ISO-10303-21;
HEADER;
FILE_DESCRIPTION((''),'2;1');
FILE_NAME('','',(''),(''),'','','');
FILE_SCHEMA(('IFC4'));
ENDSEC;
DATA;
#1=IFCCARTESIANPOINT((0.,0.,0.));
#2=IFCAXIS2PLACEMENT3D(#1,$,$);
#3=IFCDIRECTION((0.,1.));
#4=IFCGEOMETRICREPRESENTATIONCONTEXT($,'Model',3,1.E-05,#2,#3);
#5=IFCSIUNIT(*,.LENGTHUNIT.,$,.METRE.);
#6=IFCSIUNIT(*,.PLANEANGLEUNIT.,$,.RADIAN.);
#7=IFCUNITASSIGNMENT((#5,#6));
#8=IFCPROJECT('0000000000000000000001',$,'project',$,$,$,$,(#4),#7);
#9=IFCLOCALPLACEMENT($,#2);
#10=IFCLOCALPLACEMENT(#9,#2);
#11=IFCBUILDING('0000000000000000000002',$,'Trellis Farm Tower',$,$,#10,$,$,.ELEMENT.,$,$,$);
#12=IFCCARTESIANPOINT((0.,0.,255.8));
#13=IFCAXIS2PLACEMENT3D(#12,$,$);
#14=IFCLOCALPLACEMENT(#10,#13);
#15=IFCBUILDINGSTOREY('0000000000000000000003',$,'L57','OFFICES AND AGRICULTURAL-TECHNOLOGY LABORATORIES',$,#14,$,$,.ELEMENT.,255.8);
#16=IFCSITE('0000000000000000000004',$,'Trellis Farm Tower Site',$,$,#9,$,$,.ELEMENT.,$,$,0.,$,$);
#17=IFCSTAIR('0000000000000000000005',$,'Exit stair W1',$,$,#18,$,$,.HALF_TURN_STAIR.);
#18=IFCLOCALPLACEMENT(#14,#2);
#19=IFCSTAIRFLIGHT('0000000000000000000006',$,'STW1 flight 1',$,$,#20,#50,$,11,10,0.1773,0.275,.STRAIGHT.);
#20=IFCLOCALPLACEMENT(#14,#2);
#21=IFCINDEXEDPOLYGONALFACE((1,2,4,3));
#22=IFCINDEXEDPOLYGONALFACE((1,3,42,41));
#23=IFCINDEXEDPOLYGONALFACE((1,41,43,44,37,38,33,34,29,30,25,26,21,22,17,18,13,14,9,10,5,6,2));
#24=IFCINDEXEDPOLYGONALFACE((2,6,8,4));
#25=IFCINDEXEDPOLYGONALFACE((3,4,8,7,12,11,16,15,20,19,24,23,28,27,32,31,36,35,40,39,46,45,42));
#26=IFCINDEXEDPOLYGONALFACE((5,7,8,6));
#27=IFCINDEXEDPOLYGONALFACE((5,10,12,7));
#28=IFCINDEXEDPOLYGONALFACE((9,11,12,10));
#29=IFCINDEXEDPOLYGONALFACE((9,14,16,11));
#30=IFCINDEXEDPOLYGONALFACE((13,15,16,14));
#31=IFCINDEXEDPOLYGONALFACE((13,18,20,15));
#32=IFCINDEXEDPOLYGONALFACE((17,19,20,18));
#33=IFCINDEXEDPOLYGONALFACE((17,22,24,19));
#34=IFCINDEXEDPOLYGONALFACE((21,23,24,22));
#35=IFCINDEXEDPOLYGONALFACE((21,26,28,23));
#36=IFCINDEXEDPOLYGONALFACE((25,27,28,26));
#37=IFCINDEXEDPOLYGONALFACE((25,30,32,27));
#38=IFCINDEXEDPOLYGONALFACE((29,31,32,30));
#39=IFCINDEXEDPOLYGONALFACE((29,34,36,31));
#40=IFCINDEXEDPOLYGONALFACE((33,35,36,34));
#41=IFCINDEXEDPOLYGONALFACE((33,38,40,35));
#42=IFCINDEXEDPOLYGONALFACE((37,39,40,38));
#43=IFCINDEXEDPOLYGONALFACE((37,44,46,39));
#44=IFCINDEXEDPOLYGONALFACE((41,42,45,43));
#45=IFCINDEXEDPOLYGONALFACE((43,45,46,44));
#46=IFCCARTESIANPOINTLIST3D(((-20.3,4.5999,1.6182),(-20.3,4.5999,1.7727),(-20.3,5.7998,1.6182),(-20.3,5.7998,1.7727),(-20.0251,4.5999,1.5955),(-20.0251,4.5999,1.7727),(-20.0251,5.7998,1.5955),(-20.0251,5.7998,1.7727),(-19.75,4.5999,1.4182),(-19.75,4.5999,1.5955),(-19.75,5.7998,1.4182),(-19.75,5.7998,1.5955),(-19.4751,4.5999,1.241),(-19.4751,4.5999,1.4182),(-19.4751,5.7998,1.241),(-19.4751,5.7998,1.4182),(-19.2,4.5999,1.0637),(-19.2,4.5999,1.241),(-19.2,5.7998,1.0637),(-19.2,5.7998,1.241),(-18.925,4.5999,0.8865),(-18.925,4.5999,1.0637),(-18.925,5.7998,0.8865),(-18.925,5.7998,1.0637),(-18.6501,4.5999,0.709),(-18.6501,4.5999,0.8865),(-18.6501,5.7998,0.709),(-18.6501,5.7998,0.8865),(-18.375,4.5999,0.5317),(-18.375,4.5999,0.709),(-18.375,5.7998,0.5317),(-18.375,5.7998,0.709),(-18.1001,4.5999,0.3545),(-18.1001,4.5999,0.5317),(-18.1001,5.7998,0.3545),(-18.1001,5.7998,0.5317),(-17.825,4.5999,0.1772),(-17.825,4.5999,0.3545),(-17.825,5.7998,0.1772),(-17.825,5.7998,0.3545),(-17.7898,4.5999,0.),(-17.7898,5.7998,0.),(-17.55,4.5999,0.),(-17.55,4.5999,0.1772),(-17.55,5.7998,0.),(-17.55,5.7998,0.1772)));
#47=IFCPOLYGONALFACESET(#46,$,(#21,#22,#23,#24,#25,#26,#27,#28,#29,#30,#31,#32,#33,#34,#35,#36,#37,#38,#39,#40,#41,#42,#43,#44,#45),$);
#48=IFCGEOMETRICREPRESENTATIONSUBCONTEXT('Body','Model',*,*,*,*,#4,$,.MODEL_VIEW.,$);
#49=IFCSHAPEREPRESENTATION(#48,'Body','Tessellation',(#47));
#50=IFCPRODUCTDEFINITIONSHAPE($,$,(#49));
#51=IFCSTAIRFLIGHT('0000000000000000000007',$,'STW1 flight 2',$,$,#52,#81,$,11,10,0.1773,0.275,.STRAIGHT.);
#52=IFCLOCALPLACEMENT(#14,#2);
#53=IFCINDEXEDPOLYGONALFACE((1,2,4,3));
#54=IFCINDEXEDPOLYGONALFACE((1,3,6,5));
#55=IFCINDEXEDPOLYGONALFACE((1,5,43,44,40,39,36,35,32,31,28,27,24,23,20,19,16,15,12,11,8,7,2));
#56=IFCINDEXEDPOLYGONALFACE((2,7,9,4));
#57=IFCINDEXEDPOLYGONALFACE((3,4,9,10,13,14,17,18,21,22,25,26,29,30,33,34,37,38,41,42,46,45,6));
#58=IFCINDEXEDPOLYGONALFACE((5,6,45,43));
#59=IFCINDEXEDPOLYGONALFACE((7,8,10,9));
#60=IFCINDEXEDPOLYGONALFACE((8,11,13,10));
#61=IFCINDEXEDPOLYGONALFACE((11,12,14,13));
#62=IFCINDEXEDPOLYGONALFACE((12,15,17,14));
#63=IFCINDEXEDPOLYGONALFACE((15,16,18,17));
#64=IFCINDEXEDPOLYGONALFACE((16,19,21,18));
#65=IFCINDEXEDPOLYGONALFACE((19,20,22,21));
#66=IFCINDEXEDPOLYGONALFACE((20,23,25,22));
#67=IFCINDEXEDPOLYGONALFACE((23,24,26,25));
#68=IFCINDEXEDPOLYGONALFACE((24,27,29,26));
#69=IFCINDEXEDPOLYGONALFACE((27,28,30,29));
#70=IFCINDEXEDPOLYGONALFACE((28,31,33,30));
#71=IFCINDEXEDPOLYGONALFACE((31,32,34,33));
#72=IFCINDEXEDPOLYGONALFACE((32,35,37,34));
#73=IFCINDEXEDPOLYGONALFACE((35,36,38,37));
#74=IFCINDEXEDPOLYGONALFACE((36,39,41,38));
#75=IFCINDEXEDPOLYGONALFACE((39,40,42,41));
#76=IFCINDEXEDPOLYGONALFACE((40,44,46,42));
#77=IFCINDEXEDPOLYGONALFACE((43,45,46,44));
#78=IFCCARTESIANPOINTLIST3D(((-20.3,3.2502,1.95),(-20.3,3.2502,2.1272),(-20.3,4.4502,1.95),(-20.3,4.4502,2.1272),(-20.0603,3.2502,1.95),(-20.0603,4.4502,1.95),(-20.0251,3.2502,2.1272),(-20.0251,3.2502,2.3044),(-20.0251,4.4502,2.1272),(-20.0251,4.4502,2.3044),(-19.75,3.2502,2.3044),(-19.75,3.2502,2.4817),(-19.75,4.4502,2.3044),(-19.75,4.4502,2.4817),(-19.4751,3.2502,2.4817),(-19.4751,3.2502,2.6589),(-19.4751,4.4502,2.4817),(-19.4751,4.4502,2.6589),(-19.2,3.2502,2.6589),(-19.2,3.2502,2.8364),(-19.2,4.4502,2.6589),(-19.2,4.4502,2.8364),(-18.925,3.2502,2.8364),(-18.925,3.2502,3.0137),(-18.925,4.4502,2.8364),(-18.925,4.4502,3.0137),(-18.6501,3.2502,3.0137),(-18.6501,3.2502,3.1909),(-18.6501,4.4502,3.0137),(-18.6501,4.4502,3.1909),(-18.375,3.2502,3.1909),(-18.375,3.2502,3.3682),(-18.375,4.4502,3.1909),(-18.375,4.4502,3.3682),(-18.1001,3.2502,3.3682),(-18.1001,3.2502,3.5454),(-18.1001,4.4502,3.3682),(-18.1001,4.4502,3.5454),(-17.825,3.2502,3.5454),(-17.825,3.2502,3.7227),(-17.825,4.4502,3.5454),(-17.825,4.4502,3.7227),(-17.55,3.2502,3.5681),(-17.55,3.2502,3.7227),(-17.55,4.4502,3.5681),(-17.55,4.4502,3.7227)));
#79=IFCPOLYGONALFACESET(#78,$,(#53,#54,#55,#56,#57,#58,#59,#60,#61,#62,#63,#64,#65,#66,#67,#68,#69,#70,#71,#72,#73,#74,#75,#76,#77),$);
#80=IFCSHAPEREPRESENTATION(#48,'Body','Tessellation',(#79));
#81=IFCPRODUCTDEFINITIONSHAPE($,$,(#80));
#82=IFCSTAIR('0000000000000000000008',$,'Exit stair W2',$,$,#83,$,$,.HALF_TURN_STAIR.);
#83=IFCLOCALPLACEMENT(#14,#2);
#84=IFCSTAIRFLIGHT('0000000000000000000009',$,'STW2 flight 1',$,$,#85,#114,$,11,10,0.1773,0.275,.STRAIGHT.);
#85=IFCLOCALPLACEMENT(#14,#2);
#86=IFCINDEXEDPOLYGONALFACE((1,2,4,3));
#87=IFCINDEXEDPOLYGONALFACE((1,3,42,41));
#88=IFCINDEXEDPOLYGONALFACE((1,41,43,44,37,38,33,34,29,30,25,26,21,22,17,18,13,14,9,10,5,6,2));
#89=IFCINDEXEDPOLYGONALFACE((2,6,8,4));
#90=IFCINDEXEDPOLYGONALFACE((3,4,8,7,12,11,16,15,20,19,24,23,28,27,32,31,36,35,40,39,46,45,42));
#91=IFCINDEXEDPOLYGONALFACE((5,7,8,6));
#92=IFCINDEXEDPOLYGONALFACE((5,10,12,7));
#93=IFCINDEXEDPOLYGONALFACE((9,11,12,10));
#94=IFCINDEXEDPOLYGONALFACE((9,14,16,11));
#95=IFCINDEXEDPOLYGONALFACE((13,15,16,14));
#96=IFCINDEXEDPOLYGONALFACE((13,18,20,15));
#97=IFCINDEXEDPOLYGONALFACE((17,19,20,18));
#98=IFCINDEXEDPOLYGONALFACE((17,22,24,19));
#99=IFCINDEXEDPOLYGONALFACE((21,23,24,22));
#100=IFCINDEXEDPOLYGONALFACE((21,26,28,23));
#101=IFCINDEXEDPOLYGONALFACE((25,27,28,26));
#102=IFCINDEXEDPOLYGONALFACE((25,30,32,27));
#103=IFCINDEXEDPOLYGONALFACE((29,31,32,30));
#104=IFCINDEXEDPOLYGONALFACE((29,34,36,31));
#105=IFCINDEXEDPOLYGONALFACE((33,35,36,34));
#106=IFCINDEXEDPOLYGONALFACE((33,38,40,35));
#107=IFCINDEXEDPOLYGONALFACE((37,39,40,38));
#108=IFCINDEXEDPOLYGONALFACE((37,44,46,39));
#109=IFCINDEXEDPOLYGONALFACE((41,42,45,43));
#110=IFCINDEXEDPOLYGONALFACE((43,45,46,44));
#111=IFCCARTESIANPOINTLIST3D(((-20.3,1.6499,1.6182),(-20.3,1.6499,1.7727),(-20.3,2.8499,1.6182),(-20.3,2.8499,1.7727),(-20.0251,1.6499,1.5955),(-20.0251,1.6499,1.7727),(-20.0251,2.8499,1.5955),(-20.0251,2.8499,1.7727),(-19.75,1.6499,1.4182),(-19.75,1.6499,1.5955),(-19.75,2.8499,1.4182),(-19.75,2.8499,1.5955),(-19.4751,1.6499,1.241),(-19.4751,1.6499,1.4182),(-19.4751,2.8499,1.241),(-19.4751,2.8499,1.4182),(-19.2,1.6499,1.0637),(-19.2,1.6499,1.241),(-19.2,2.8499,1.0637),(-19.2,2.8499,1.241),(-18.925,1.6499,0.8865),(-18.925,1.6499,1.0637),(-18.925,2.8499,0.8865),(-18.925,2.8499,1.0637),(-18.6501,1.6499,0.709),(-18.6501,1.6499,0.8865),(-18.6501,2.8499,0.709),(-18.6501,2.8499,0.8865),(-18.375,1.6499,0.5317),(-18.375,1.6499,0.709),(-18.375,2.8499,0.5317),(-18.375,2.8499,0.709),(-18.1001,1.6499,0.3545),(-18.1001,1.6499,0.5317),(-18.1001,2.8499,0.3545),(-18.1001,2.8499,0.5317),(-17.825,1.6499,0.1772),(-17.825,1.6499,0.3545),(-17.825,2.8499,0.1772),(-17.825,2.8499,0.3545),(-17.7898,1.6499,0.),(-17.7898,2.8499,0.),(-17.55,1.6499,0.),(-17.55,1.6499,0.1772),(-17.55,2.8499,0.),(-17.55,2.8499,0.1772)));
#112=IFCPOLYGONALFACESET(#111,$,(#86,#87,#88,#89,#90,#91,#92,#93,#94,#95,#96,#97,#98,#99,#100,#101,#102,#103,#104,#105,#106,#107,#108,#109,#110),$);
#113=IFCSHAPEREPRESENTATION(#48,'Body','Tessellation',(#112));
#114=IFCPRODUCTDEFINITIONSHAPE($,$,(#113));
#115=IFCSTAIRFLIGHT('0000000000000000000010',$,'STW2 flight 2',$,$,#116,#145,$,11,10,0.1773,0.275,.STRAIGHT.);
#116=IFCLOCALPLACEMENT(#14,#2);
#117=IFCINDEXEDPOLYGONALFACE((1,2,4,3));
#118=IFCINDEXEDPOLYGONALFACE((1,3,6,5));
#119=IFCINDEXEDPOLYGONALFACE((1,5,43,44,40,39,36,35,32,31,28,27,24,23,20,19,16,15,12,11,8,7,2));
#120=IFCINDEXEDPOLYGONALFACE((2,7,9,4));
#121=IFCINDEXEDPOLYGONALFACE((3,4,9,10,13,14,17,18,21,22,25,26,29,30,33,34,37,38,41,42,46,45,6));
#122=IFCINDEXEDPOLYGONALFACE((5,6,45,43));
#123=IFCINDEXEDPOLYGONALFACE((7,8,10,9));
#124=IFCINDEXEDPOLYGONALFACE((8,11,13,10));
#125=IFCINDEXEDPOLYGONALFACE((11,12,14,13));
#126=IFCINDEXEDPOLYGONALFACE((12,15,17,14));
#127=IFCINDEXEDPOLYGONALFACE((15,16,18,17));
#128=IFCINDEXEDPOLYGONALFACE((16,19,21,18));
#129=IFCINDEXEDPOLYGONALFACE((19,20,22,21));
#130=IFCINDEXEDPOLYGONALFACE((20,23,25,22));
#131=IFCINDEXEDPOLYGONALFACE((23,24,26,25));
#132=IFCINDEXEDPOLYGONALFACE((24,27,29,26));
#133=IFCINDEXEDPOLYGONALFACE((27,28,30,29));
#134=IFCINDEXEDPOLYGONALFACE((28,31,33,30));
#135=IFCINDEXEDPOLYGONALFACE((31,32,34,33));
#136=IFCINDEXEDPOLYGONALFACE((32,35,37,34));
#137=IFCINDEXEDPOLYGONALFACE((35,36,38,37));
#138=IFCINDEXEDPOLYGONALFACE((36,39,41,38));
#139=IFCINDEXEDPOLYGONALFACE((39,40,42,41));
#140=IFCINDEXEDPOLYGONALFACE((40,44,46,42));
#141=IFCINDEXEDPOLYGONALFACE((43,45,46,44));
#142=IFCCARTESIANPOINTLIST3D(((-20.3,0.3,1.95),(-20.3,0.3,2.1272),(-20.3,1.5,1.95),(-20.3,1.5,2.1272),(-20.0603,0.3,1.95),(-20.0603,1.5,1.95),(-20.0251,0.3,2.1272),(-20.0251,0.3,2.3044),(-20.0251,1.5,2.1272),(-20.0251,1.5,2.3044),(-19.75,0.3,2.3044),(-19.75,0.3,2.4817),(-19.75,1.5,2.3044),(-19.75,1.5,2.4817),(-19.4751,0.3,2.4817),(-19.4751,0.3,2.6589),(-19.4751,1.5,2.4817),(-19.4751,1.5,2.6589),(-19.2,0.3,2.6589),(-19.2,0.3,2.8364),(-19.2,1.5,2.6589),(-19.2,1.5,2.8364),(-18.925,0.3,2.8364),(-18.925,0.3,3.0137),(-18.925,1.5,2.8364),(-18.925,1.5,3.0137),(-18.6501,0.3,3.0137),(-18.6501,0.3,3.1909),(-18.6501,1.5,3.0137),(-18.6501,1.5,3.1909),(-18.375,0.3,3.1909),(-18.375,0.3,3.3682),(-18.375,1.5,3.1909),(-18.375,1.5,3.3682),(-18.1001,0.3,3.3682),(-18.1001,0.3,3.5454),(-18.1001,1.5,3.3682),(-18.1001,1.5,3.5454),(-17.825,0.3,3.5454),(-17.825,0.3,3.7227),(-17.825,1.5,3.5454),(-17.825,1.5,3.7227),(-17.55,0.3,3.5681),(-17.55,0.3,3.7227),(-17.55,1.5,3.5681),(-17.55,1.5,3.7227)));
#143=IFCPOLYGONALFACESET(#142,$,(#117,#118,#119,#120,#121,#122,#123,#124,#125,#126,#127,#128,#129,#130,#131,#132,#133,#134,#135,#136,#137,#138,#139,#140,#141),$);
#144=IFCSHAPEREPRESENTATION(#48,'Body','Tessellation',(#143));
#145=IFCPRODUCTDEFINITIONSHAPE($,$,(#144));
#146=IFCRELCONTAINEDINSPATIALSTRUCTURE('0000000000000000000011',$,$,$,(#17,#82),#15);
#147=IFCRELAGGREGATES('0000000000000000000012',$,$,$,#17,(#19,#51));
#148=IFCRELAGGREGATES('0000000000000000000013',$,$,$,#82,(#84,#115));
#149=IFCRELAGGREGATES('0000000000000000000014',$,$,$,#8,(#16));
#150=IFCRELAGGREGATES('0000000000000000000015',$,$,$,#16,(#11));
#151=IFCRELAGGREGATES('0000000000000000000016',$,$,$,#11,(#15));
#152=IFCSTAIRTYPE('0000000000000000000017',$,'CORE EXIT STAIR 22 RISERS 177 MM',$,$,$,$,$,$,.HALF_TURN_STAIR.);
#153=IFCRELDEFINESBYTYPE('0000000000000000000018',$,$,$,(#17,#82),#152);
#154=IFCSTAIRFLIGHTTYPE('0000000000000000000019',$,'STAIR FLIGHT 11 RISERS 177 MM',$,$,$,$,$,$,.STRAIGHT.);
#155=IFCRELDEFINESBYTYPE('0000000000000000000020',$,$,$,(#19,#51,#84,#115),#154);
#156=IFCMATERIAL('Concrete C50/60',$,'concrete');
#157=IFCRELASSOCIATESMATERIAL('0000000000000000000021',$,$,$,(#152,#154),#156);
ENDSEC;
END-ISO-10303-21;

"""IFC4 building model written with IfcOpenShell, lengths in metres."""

from ifc_helpers import new_model, si_unit, direction, frame, origin, place, context, subcontext, project, spatial, polyline, outline, extrude, source, transform, mapped, material, type_object, element, aggregate, save


model = new_model("IFC4")

# Units and contexts
model_context = context("Model", 3, precision=1e-05, world=origin(), true_north=direction((0.0, 1.0)))
body_context = subcontext(model_context, "Body", "Model", "MODEL_VIEW")
ifc_project = project(units=[si_unit("LENGTHUNIT", "METRE"), si_unit("PLANEANGLEUNIT", "RADIAN")], contexts=[model_context])

# Site, building, storey
site_placement = place(None, origin())
site = spatial("IfcSite", under=ifc_project, at=site_placement, Name="Trellis Farm Tower Site", CompositionType="ELEMENT", RefElevation=0.0)
building_placement = place(site_placement, origin())
building = spatial("IfcBuilding", under=site, at=building_placement, Name="Trellis Farm Tower", CompositionType="ELEMENT")
storey_placement = place(building_placement, frame((0.0, 0.0, 255.8)))
storey = spatial("IfcBuildingStorey", under=building, at=storey_placement, Name="L57", Description="OFFICES AND AGRICULTURAL-TECHNOLOGY LABORATORIES", CompositionType="ELEMENT", Elevation=255.8)

# Shared definitions
placement = place(storey_placement, origin())

# Stairs, stair flights
ifc_material_1 = material(Name="Concrete C50/60", Category="concrete")
stair_type = type_object("IfcStairType", Name="CORE EXIT STAIR 22 RISERS 177 MM", PredefinedType="HALF_TURN_STAIR", material=ifc_material_1)
stair_1 = element("IfcStair", 1, at=placement, inside=storey, type_object=stair_type, Name="Exit stair W1", PredefinedType="HALF_TURN_STAIR")
stair_flight_type = type_object("IfcStairFlightType", Name="STAIR FLIGHT 11 RISERS 177 MM", PredefinedType="STRAIGHT", material=ifc_material_1)
shared_shape_1 = source(origin(), body_context, "Body", "SweptSolid", [
    extrude(outline(polyline([(0.0, 0.0), (0.0, 0.1772), (0.2749, 0.1772), (0.2749, 0.3545), (0.55, 0.3545), (0.55, 0.5317), (0.825, 0.5317), (0.825, 0.709), (1.1001, 0.709), (1.1001, 0.8865), (1.375, 0.8865), (1.375, 1.0637), (1.6499, 1.0637), (1.6499, 1.241), (1.925, 1.241), (1.925, 1.4182), (2.2, 1.4182), (2.2, 1.5955), (2.4751, 1.5955), (2.4751, 1.7727), (2.75, 1.7727), (2.75, 1.95), (2.75, 1.6182), (0.2397, 0.0), (0.0, 0.0)])), frame((0.0, 0.6001, 0.0), z_axis=(0.0, -1.0, 0.0), x_axis=(1.0, 0.0, 0.0)), (0.0, 0.0, 1.0), 1.2),
])
stair_flight_1_placement = place(storey_placement, frame((-17.55, 5.2, 0.0), z_axis=(0.0, 0.0, 1.0), x_axis=(-1.0, 0.0, 0.0)))
stair_flight_1 = element("IfcStairFlight", 2, at=stair_flight_1_placement, type_object=stair_flight_type, Name="STW1 flight 1", NumberOfRisers=11, NumberOfTreads=10, PredefinedType="STRAIGHT", RiserHeight=0.1773, TreadLength=0.275, context=body_context, shape_type="MappedRepresentation", body=[
    mapped(shared_shape_1, transform((0.0, 0.0, 0.0))),
])
stair_flight_2_placement = place(storey_placement, frame((-20.3, 3.8501, 1.95), z_axis=(0.0, 0.0, 1.0), x_axis=(1.0, 0.0, 0.0)))
stair_flight_2 = element("IfcStairFlight", 3, at=stair_flight_2_placement, type_object=stair_flight_type, Name="STW1 flight 2", NumberOfRisers=11, NumberOfTreads=10, PredefinedType="STRAIGHT", RiserHeight=0.1773, TreadLength=0.275, context=body_context, shape_type="MappedRepresentation", body=[
    mapped(shared_shape_1, transform((0.0, 0.0, 0.0))),
])
aggregate(stair_1, [stair_flight_1, stair_flight_2])
stair_2 = element("IfcStair", 4, at=placement, inside=storey, type_object=stair_type, Name="Exit stair W2", PredefinedType="HALF_TURN_STAIR")
stair_flight_3_placement = place(storey_placement, frame((-17.55, 2.25, 0.0), z_axis=(0.0, 0.0, 1.0), x_axis=(-1.0, 0.0, 0.0)))
stair_flight_3 = element("IfcStairFlight", 5, at=stair_flight_3_placement, type_object=stair_flight_type, Name="STW2 flight 1", NumberOfRisers=11, NumberOfTreads=10, PredefinedType="STRAIGHT", RiserHeight=0.1773, TreadLength=0.275, context=body_context, shape_type="MappedRepresentation", body=[
    mapped(shared_shape_1, transform((0.0, 0.0, 0.0))),
])
stair_flight_4_placement = place(storey_placement, frame((-20.3, 0.8999, 1.95), z_axis=(0.0, 0.0, 1.0), x_axis=(1.0, 0.0, 0.0)))
stair_flight_4 = element("IfcStairFlight", 6, at=stair_flight_4_placement, type_object=stair_flight_type, Name="STW2 flight 2", NumberOfRisers=11, NumberOfTreads=10, PredefinedType="STRAIGHT", RiserHeight=0.1773, TreadLength=0.275, context=body_context, shape_type="MappedRepresentation", body=[
    mapped(shared_shape_1, transform((0.0, 0.0, 0.0))),
])
aggregate(stair_2, [stair_flight_3, stair_flight_4])

save(model, "model.ifc")
